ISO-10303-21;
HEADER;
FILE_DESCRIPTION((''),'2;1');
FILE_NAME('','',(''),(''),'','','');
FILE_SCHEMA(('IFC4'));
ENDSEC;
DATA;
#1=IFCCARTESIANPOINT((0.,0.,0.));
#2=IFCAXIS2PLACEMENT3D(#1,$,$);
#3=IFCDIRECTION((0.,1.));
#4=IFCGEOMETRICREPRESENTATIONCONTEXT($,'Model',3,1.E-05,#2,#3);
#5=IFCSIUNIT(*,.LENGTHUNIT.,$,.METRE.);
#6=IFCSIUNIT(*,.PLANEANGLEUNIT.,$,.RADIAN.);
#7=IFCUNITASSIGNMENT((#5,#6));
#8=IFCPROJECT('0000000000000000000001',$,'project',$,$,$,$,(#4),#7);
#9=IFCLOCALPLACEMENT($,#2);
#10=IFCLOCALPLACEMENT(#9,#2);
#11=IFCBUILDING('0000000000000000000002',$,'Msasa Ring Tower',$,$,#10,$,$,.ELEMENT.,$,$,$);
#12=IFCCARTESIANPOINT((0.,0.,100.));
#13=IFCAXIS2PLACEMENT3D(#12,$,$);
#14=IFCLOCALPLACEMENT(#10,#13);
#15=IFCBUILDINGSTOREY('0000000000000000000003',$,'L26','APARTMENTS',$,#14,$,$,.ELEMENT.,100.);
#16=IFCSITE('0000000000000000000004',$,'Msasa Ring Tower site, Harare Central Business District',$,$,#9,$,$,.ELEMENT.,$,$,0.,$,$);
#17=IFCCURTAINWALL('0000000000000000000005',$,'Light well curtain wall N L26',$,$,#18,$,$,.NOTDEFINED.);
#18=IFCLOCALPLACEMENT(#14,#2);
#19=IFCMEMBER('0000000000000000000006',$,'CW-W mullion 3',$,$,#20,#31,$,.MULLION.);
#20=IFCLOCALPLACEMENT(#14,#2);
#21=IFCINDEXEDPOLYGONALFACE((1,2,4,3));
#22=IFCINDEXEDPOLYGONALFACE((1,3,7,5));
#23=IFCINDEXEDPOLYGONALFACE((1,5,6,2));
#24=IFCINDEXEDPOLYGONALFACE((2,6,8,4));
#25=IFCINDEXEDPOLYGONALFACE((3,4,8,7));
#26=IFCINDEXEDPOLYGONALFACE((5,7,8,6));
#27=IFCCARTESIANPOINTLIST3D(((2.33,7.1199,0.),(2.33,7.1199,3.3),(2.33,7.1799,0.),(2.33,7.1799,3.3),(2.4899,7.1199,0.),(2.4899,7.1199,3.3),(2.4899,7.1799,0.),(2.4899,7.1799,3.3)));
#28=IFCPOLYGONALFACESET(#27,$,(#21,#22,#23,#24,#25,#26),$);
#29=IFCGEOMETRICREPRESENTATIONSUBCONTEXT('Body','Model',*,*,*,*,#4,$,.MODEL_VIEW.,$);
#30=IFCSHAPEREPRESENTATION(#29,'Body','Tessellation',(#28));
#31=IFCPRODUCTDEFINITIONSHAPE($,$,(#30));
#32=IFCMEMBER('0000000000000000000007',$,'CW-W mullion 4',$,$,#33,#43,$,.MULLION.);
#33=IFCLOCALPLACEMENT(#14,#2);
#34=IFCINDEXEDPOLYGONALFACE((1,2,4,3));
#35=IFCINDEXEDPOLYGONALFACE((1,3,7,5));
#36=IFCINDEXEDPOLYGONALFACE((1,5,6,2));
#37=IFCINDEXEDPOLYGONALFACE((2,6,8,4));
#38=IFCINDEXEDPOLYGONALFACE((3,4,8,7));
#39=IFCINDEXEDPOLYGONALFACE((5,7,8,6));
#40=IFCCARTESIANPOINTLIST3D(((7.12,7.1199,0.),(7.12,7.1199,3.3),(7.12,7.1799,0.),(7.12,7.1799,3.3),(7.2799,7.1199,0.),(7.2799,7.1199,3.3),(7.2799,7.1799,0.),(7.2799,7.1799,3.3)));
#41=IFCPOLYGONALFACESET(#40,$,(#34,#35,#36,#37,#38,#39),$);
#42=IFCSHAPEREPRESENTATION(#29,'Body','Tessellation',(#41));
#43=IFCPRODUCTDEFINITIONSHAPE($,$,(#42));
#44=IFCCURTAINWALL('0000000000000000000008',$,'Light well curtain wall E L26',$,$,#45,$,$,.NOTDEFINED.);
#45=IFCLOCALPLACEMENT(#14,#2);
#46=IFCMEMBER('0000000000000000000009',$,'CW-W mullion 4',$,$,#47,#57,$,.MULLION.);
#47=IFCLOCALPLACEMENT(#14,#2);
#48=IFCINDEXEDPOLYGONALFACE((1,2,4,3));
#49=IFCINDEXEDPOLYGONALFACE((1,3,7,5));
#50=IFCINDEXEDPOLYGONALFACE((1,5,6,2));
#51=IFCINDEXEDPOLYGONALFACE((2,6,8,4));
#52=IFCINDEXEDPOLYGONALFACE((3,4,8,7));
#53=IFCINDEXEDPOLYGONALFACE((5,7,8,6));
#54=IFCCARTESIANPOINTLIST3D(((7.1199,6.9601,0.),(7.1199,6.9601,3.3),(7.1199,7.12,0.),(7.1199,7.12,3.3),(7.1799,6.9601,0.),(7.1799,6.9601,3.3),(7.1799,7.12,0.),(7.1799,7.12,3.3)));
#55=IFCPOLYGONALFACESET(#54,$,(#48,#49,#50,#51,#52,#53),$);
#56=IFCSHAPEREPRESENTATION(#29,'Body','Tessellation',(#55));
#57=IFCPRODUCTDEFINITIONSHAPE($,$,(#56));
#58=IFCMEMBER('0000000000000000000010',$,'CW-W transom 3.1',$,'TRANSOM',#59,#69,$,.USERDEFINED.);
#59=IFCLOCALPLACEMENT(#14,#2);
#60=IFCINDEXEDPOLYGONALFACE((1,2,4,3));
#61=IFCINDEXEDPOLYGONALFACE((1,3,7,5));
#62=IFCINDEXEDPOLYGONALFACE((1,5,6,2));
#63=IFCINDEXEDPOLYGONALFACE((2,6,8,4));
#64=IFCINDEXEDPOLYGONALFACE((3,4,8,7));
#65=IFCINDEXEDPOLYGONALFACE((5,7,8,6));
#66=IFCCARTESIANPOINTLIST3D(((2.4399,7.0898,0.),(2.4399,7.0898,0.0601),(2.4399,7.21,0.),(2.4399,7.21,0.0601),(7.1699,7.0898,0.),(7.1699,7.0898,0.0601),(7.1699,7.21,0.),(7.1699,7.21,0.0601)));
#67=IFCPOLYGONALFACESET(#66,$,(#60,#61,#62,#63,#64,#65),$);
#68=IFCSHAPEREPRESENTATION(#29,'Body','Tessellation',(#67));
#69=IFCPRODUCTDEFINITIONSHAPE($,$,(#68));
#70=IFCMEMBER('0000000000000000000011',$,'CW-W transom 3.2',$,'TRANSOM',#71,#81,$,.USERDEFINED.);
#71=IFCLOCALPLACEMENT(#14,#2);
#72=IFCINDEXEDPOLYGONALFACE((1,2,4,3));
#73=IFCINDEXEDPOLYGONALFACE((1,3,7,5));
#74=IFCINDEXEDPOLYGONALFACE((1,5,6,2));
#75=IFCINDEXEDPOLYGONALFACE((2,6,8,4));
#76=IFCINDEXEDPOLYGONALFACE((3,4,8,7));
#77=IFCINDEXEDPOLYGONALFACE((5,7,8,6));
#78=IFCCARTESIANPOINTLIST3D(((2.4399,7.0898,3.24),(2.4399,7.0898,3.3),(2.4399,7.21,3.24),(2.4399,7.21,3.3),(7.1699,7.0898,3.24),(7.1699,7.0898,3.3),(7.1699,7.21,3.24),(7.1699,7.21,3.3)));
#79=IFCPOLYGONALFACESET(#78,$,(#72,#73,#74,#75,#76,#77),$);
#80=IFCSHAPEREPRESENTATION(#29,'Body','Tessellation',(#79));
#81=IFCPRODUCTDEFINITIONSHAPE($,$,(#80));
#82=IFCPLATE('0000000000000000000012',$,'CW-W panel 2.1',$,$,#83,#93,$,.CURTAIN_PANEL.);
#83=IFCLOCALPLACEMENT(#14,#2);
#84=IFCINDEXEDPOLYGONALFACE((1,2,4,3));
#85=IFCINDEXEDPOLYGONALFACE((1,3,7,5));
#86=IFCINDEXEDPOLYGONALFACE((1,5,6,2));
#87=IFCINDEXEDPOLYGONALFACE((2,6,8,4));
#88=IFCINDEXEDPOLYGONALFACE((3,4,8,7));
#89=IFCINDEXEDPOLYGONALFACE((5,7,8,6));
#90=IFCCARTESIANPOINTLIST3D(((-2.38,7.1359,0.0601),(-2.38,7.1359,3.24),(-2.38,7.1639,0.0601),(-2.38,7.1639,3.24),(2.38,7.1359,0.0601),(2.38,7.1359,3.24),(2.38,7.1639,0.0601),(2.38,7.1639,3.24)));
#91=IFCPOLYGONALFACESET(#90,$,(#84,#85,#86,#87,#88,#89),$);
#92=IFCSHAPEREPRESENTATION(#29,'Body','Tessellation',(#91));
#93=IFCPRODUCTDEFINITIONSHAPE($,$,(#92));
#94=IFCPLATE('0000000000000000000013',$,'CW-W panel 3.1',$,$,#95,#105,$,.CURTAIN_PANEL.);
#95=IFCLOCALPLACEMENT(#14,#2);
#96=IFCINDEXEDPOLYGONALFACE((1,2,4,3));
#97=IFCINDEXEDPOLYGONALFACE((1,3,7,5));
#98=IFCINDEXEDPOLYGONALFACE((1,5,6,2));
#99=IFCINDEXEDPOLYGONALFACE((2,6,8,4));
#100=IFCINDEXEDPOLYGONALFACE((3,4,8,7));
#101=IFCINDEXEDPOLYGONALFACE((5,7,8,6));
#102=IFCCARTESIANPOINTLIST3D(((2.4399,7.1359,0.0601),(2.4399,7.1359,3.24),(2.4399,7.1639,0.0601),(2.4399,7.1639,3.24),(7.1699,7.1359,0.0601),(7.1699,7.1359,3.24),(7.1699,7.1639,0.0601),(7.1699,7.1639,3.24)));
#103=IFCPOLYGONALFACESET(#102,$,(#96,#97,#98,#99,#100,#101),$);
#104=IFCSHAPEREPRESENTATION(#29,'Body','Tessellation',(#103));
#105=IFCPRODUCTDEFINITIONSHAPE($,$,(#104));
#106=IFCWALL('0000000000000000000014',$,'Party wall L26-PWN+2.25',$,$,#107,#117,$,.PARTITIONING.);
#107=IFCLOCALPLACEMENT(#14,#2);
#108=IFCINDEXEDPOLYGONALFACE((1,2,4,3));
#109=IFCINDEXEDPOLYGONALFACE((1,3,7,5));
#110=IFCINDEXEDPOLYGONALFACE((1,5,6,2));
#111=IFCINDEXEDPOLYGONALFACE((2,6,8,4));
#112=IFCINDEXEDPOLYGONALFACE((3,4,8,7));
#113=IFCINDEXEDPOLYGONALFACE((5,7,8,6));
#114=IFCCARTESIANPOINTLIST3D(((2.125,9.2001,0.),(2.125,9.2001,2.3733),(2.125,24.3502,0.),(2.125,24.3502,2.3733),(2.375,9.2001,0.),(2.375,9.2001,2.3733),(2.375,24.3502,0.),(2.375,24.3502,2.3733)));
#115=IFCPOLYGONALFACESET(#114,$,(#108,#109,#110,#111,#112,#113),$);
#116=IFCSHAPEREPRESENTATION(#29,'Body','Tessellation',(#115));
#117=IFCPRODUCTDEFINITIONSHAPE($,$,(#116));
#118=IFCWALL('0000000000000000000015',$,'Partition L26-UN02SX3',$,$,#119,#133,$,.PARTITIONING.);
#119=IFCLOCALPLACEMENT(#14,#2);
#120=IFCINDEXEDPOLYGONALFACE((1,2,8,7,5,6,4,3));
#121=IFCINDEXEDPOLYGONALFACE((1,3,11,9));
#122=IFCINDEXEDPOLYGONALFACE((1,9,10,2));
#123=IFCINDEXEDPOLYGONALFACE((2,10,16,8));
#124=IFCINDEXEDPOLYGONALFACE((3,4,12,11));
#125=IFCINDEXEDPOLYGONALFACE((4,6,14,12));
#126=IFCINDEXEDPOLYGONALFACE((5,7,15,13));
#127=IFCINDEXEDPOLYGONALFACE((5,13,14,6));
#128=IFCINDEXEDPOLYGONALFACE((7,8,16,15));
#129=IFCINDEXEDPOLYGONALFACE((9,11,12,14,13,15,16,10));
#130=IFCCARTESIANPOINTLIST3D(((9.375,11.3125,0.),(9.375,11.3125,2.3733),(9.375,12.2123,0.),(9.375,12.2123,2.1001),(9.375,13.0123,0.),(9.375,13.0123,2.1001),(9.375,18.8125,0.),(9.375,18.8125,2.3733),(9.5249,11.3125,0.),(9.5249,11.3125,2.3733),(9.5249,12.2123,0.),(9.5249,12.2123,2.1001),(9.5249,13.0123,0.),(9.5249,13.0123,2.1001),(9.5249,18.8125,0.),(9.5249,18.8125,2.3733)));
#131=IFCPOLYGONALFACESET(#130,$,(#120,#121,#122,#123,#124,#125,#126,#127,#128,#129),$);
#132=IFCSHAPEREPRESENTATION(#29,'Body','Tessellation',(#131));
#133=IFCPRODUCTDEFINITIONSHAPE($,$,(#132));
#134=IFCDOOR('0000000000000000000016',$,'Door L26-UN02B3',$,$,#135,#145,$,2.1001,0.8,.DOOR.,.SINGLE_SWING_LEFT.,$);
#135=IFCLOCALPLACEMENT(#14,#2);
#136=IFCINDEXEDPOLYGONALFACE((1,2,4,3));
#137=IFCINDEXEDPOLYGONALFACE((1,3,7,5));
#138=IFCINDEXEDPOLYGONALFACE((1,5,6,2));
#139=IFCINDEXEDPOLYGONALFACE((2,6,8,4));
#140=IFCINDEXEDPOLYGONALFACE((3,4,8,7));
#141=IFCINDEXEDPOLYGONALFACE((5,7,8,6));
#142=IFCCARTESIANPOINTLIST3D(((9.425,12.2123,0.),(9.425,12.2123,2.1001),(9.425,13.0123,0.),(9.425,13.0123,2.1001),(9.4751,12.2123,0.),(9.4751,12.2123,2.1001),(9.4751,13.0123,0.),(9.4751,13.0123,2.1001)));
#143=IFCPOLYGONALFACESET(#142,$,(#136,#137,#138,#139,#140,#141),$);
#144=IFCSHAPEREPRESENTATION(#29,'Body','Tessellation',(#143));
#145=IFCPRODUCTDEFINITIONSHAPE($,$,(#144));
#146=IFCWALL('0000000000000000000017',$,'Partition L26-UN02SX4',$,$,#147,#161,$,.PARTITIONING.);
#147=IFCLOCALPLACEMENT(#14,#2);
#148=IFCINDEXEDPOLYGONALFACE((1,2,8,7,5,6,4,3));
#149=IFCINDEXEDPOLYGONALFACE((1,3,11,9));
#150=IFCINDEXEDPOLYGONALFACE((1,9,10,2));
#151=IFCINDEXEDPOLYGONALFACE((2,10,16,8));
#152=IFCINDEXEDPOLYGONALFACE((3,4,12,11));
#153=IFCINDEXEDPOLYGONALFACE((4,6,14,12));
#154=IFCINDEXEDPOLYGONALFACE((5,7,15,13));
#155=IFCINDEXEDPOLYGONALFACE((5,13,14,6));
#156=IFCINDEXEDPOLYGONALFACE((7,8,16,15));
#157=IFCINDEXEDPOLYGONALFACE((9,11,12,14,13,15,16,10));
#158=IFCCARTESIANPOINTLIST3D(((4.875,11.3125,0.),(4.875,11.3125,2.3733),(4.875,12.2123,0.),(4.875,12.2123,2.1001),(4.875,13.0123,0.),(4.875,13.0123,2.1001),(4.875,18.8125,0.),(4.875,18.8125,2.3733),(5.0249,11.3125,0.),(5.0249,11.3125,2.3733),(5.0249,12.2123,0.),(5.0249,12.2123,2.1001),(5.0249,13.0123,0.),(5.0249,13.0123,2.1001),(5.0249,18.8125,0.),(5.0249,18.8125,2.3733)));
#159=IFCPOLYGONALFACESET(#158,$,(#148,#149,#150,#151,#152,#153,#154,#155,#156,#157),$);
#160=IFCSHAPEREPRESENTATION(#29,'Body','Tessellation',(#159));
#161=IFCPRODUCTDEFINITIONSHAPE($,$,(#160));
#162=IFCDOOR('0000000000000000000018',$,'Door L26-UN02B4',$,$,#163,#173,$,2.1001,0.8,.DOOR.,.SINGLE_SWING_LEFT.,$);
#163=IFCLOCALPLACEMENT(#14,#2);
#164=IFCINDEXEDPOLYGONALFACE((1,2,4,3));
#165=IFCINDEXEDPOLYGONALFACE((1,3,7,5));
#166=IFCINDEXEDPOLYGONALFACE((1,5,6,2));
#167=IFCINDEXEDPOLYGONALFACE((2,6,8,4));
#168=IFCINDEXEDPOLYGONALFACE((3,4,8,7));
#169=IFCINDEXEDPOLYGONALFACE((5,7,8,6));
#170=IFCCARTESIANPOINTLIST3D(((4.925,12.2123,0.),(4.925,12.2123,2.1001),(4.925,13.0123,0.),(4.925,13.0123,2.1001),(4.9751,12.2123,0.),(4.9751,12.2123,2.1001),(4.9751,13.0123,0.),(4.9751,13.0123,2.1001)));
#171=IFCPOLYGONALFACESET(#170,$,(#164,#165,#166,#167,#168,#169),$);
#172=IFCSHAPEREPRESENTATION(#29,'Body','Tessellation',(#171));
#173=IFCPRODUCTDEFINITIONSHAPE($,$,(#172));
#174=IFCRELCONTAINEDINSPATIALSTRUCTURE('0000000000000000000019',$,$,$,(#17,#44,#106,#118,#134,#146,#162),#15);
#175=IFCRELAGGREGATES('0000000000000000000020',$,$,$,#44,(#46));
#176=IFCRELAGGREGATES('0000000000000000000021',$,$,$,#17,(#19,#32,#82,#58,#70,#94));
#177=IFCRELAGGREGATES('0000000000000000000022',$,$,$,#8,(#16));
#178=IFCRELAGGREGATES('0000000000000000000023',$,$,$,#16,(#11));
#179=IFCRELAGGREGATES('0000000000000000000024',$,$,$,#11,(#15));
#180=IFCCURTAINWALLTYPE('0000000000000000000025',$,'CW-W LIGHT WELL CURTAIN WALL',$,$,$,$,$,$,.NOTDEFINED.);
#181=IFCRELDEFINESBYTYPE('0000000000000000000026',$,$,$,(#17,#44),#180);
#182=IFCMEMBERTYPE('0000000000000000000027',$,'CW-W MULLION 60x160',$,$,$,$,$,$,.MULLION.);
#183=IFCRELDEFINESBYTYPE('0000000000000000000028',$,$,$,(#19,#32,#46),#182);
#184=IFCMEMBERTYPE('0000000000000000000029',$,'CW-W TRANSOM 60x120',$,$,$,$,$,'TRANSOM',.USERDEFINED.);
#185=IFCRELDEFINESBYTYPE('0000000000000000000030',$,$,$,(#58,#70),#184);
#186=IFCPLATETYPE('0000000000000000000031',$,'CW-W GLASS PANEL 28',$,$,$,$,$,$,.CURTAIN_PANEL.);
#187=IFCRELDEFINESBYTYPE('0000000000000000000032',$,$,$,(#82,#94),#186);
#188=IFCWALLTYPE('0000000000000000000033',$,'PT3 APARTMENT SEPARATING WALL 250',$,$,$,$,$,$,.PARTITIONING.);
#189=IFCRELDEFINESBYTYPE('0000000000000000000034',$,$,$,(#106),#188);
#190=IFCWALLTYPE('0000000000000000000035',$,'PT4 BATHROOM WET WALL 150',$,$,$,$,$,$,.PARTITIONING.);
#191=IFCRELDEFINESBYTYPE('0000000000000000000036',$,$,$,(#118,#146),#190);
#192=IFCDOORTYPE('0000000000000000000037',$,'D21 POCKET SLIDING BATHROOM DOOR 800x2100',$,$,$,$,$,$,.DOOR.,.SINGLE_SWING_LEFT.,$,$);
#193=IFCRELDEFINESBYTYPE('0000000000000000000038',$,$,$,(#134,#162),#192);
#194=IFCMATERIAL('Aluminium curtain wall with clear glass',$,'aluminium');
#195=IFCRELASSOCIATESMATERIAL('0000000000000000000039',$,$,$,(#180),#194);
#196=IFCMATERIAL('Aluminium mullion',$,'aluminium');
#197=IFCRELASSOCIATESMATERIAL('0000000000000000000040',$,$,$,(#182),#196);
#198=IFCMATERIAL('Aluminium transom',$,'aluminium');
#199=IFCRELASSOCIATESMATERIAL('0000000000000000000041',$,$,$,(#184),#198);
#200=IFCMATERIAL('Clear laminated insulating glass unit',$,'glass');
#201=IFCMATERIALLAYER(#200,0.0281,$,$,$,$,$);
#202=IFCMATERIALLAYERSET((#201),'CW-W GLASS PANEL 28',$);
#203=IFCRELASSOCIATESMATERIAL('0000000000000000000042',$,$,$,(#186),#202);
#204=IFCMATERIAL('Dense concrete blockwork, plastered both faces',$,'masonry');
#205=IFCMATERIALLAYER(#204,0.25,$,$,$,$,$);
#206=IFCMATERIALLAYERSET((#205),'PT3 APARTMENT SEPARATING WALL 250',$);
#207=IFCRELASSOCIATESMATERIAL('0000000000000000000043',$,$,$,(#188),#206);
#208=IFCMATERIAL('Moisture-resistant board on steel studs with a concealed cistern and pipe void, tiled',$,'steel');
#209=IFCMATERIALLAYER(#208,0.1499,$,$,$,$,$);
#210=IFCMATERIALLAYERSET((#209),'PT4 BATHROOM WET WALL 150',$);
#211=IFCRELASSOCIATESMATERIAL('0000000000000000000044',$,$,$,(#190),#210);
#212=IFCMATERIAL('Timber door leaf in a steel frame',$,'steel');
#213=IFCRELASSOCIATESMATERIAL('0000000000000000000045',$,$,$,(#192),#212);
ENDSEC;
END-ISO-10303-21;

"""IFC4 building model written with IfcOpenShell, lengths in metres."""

from ifc_helpers import new_model, si_unit, direction, frame, frame_2d, origin, origin_2d, place, context, subcontext, project, spatial, rectangle, extrude, material, layer, layer_set, material_profile, profile_set, type_object, element, fill, aggregate, save


model = new_model("IFC4")

# Units and contexts
model_context = context("Model", 3, precision=1e-05, world=origin(), true_north=direction((0.0, 1.0)))
body_context = subcontext(model_context, "Body", "Model", "MODEL_VIEW")
ifc_project = project(units=[si_unit("LENGTHUNIT", "METRE"), si_unit("PLANEANGLEUNIT", "RADIAN")], contexts=[model_context])

# Site, building, storey
site_placement = place(None, origin())
site = spatial("IfcSite", under=ifc_project, at=site_placement, Name="Msasa Ring Tower site, Harare Central Business District", CompositionType="ELEMENT", RefElevation=0.0)
building_placement = place(site_placement, origin())
building = spatial("IfcBuilding", under=site, at=building_placement, Name="Msasa Ring Tower", CompositionType="ELEMENT")
storey_placement = place(building_placement, frame((0.0, 0.0, 100.0)))
storey = spatial("IfcBuildingStorey", under=building, at=storey_placement, Name="L26", Description="APARTMENTS", CompositionType="ELEMENT", Elevation=100.0)

# Curtain wall, members
ifc_material_1 = material(Name="Aluminium curtain wall with clear glass", Category="aluminium")
curtain_wall_type = type_object("IfcCurtainWallType", Name="CW-W LIGHT WELL CURTAIN WALL", PredefinedType="NOTDEFINED", material=ifc_material_1)
curtain_wall_1_placement = place(storey_placement, origin())
curtain_wall_1 = element("IfcCurtainWall", 1, at=curtain_wall_1_placement, inside=storey, type_object=curtain_wall_type, Name="Light well curtain wall N L26", PredefinedType="NOTDEFINED")
ifc_material_2 = material(Name="Aluminium mullion", Category="aluminium")
ifc_material_profile_1 = material_profile(ifc_material_2, rectangle(XDim=0.0601, YDim=0.1599, at=origin_2d()), Name="AL 60x160")
ifc_profile_set_1 = profile_set([ifc_material_profile_1], Name="Aluminium mullion")
member_type_1 = type_object("IfcMemberType", Name="CW-W MULLION 60x160", PredefinedType="MULLION", material=ifc_profile_set_1)
member_1_placement = place(storey_placement, frame((2.4099, 7.1499, 0.0), z_axis=(0.0, 0.0, 1.0), x_axis=(0.0, 1.0, 0.0)))
member_1 = element("IfcMember", 2, at=member_1_placement, type_object=member_type_1, Name="CW-W mullion 3", PredefinedType="MULLION", context=body_context, shape_type="SweptSolid", body=[
    extrude(rectangle(XDim=0.0601, YDim=0.1599, at=origin_2d()), origin(), (0.0, 0.0, 1.0), 3.3),
])
member_2_placement = place(storey_placement, frame((7.2, 7.1499, 0.0), z_axis=(0.0, 0.0, 1.0), x_axis=(0.0, 1.0, 0.0)))
member_2 = element("IfcMember", 3, at=member_2_placement, type_object=member_type_1, Name="CW-W mullion 4", PredefinedType="MULLION", context=body_context, shape_type="SweptSolid", body=[
    extrude(rectangle(XDim=0.0601, YDim=0.1599, at=origin_2d()), origin(), (0.0, 0.0, 1.0), 3.3),
])

# Curtain wall, member
curtain_wall_2_placement = place(storey_placement, origin())
curtain_wall_2 = element("IfcCurtainWall", 4, at=curtain_wall_2_placement, inside=storey, type_object=curtain_wall_type, Name="Light well curtain wall E L26", PredefinedType="NOTDEFINED")
member_3_placement = place(storey_placement, frame((7.1499, 7.04, 0.0), z_axis=(0.0, 0.0, 1.0), x_axis=(-1.0, 0.0, 0.0)))
member_3 = element("IfcMember", 5, at=member_3_placement, type_object=member_type_1, Name="CW-W mullion 4", PredefinedType="MULLION", context=body_context, shape_type="SweptSolid", body=[
    extrude(rectangle(XDim=0.0601, YDim=0.1599, at=origin_2d()), origin(), (0.0, 0.0, 1.0), 3.3),
])
aggregate(curtain_wall_2, [member_3])

# Members
ifc_material_3 = material(Name="Aluminium transom", Category="aluminium")
ifc_material_profile_2 = material_profile(ifc_material_3, rectangle(XDim=0.1201, YDim=0.0601, at=origin_2d()), Name="AL 60x120")
ifc_profile_set_2 = profile_set([ifc_material_profile_2], Name="Aluminium transom")
member_type_2 = type_object("IfcMemberType", Name="CW-W TRANSOM 60x120", ElementType="TRANSOM", PredefinedType="USERDEFINED", material=ifc_profile_set_2)
member_4_placement = place(storey_placement, frame((2.4399, 7.1499, 0.03), z_axis=(1.0, 0.0, 0.0), x_axis=(0.0, 1.0, 0.0)))
member_4 = element("IfcMember", 6, at=member_4_placement, type_object=member_type_2, Name="CW-W transom 3.1", ObjectType="TRANSOM", PredefinedType="USERDEFINED", context=body_context, shape_type="SweptSolid", body=[
    extrude(rectangle(XDim=0.1201, YDim=0.0601, at=origin_2d()), origin(), (0.0, 0.0, 1.0), 4.73),
])
member_5_placement = place(storey_placement, frame((2.4399, 7.1499, 3.27), z_axis=(1.0, 0.0, 0.0), x_axis=(0.0, 1.0, 0.0)))
member_5 = element("IfcMember", 7, at=member_5_placement, type_object=member_type_2, Name="CW-W transom 3.2", ObjectType="TRANSOM", PredefinedType="USERDEFINED", context=body_context, shape_type="SweptSolid", body=[
    extrude(rectangle(XDim=0.1201, YDim=0.0601, at=origin_2d()), origin(), (0.0, 0.0, 1.0), 4.73),
])

# Plates
ifc_material_4 = material(Name="Clear laminated insulating glass unit", Category="glass")
ifc_layer_1 = layer(ifc_material_4, 0.0281)
ifc_layer_set_1 = layer_set([ifc_layer_1], Name="CW-W GLASS PANEL 28")
plate_type = type_object("IfcPlateType", Name="CW-W GLASS PANEL 28", PredefinedType="CURTAIN_PANEL", material=ifc_layer_set_1)
plate_1_placement = place(storey_placement, frame((0.0, 7.1499, 0.0601), z_axis=(0.0, 0.0, 1.0), x_axis=(1.0, 0.0, 0.0)))
plate_1 = element("IfcPlate", 8, at=plate_1_placement, type_object=plate_type, Name="CW-W panel 2.1", PredefinedType="CURTAIN_PANEL", context=body_context, shape_type="SweptSolid", body=[
    extrude(rectangle(XDim=4.76, YDim=0.0281, at=origin_2d()), origin(), (0.0, 0.0, 1.0), 3.1799),
])
plate_2_placement = place(storey_placement, frame((4.8049, 7.1499, 0.0601), z_axis=(0.0, 0.0, 1.0), x_axis=(1.0, 0.0, 0.0)))
plate_2 = element("IfcPlate", 9, at=plate_2_placement, type_object=plate_type, Name="CW-W panel 3.1", PredefinedType="CURTAIN_PANEL", context=body_context, shape_type="SweptSolid", body=[
    extrude(rectangle(XDim=4.73, YDim=0.0281, at=origin_2d()), origin(), (0.0, 0.0, 1.0), 3.1799),
])
aggregate(curtain_wall_1, [member_1, member_2, plate_1, member_4, member_5, plate_2])

# Wall
ifc_material_5 = material(Name="Dense concrete blockwork, plastered both faces", Category="masonry")
ifc_layer_2 = layer(ifc_material_5, 0.25)
ifc_layer_set_2 = layer_set([ifc_layer_2], Name="PT3 APARTMENT SEPARATING WALL 250")
wall_type_1 = type_object("IfcWallType", Name="PT3 APARTMENT SEPARATING WALL 250", PredefinedType="PARTITIONING", material=ifc_layer_set_2)
wall_1_placement = place(storey_placement, frame((2.25, 9.2, 0.0), z_axis=(0.0, 0.0, 1.0), x_axis=(0.0, 1.0, 0.0)))
element("IfcWall", 10, at=wall_1_placement, inside=storey, type_object=wall_type_1, Name="Party wall L26-PWN+2.25", PredefinedType="PARTITIONING", context=body_context, shape_type="SweptSolid", body=[
    extrude(rectangle(XDim=15.1501, YDim=0.25, at=frame_2d((7.5752, 0.0))), origin(), (0.0, 0.0, 1.0), 2.3733),
])

# Walls, openings, doors
ifc_material_6 = material(Name="Moisture-resistant board on steel studs with a concealed cistern and pipe void, tiled", Category="steel")
ifc_layer_3 = layer(ifc_material_6, 0.1499)
ifc_layer_set_3 = layer_set([ifc_layer_3], Name="PT4 BATHROOM WET WALL 150")
wall_type_2 = type_object("IfcWallType", Name="PT4 BATHROOM WET WALL 150", PredefinedType="PARTITIONING", material=ifc_layer_set_3)
wall_2_placement = place(storey_placement, frame((9.45, 11.3125, 0.0), z_axis=(0.0, 0.0, 1.0), x_axis=(0.0, 1.0, 0.0)))
wall_2 = element("IfcWall", 11, at=wall_2_placement, inside=storey, type_object=wall_type_2, Name="Partition L26-UN02SX3", PredefinedType="PARTITIONING", context=body_context, shape_type="SweptSolid", body=[
    extrude(rectangle(XDim=7.5, YDim=0.1499, at=frame_2d((3.75, 0.0))), origin(), (0.0, 0.0, 1.0), 2.3733),
])
opening_1_placement = place(wall_2_placement, frame((0.8999, 0.0, 0.0)))
opening_1 = element("IfcOpeningElement", 12, at=opening_1_placement, cuts=wall_2, PredefinedType="OPENING", context=body_context, shape_type="SweptSolid", body=[
    extrude(rectangle(XDim=0.8, YDim=2.1001, at=frame_2d((0.3999, 1.05))), frame((0.0, 0.085, 0.0), z_axis=(0.0, -1.0, 0.0), x_axis=(1.0, 0.0, 0.0)), (0.0, 0.0, 1.0), 0.1699),
])
ifc_material_7 = material(Name="Timber door leaf in a steel frame", Category="steel")
door_type = type_object("IfcDoorType", Name="D21 POCKET SLIDING BATHROOM DOOR 800x2100", OperationType="SINGLE_SWING_LEFT", PredefinedType="DOOR", material=ifc_material_7)
door_1_placement = place(opening_1_placement, origin())
door_1 = element("IfcDoor", 13, at=door_1_placement, inside=storey, type_object=door_type, Name="Door L26-UN02B3", OperationType="SINGLE_SWING_LEFT", OverallHeight=2.1001, OverallWidth=0.8, PredefinedType="DOOR", context=body_context, shape_type="SweptSolid", body=[
    extrude(rectangle(XDim=0.8, YDim=2.1001, at=frame_2d((0.3999, 1.05))), frame((0.0, 0.0249, 0.0), z_axis=(0.0, -1.0, 0.0), x_axis=(1.0, 0.0, 0.0)), (0.0, 0.0, 1.0), 0.05),
])
fill(opening_1, door_1)
wall_3_placement = place(storey_placement, frame((4.95, 11.3125, 0.0), z_axis=(0.0, 0.0, 1.0), x_axis=(0.0, 1.0, 0.0)))
wall_3 = element("IfcWall", 14, at=wall_3_placement, inside=storey, type_object=wall_type_2, Name="Partition L26-UN02SX4", PredefinedType="PARTITIONING", context=body_context, shape_type="SweptSolid", body=[
    extrude(rectangle(XDim=7.5, YDim=0.1499, at=frame_2d((3.75, 0.0))), origin(), (0.0, 0.0, 1.0), 2.3733),
])
opening_2_placement = place(wall_3_placement, frame((0.8999, 0.0, 0.0)))
opening_2 = element("IfcOpeningElement", 15, at=opening_2_placement, cuts=wall_3, PredefinedType="OPENING", context=body_context, shape_type="SweptSolid", body=[
    extrude(rectangle(XDim=0.8, YDim=2.1001, at=frame_2d((0.3999, 1.05))), frame((0.0, 0.085, 0.0), z_axis=(0.0, -1.0, 0.0), x_axis=(1.0, 0.0, 0.0)), (0.0, 0.0, 1.0), 0.1699),
])
door_2_placement = place(opening_2_placement, origin())
door_2 = element("IfcDoor", 16, at=door_2_placement, inside=storey, type_object=door_type, Name="Door L26-UN02B4", OperationType="SINGLE_SWING_LEFT", OverallHeight=2.1001, OverallWidth=0.8, PredefinedType="DOOR", context=body_context, shape_type="SweptSolid", body=[
    extrude(rectangle(XDim=0.8, YDim=2.1001, at=frame_2d((0.3999, 1.05))), frame((0.0, 0.0249, 0.0), z_axis=(0.0, -1.0, 0.0), x_axis=(1.0, 0.0, 0.0)), (0.0, 0.0, 1.0), 0.05),
])
fill(opening_2, door_2)

save(model, "model.ifc")
